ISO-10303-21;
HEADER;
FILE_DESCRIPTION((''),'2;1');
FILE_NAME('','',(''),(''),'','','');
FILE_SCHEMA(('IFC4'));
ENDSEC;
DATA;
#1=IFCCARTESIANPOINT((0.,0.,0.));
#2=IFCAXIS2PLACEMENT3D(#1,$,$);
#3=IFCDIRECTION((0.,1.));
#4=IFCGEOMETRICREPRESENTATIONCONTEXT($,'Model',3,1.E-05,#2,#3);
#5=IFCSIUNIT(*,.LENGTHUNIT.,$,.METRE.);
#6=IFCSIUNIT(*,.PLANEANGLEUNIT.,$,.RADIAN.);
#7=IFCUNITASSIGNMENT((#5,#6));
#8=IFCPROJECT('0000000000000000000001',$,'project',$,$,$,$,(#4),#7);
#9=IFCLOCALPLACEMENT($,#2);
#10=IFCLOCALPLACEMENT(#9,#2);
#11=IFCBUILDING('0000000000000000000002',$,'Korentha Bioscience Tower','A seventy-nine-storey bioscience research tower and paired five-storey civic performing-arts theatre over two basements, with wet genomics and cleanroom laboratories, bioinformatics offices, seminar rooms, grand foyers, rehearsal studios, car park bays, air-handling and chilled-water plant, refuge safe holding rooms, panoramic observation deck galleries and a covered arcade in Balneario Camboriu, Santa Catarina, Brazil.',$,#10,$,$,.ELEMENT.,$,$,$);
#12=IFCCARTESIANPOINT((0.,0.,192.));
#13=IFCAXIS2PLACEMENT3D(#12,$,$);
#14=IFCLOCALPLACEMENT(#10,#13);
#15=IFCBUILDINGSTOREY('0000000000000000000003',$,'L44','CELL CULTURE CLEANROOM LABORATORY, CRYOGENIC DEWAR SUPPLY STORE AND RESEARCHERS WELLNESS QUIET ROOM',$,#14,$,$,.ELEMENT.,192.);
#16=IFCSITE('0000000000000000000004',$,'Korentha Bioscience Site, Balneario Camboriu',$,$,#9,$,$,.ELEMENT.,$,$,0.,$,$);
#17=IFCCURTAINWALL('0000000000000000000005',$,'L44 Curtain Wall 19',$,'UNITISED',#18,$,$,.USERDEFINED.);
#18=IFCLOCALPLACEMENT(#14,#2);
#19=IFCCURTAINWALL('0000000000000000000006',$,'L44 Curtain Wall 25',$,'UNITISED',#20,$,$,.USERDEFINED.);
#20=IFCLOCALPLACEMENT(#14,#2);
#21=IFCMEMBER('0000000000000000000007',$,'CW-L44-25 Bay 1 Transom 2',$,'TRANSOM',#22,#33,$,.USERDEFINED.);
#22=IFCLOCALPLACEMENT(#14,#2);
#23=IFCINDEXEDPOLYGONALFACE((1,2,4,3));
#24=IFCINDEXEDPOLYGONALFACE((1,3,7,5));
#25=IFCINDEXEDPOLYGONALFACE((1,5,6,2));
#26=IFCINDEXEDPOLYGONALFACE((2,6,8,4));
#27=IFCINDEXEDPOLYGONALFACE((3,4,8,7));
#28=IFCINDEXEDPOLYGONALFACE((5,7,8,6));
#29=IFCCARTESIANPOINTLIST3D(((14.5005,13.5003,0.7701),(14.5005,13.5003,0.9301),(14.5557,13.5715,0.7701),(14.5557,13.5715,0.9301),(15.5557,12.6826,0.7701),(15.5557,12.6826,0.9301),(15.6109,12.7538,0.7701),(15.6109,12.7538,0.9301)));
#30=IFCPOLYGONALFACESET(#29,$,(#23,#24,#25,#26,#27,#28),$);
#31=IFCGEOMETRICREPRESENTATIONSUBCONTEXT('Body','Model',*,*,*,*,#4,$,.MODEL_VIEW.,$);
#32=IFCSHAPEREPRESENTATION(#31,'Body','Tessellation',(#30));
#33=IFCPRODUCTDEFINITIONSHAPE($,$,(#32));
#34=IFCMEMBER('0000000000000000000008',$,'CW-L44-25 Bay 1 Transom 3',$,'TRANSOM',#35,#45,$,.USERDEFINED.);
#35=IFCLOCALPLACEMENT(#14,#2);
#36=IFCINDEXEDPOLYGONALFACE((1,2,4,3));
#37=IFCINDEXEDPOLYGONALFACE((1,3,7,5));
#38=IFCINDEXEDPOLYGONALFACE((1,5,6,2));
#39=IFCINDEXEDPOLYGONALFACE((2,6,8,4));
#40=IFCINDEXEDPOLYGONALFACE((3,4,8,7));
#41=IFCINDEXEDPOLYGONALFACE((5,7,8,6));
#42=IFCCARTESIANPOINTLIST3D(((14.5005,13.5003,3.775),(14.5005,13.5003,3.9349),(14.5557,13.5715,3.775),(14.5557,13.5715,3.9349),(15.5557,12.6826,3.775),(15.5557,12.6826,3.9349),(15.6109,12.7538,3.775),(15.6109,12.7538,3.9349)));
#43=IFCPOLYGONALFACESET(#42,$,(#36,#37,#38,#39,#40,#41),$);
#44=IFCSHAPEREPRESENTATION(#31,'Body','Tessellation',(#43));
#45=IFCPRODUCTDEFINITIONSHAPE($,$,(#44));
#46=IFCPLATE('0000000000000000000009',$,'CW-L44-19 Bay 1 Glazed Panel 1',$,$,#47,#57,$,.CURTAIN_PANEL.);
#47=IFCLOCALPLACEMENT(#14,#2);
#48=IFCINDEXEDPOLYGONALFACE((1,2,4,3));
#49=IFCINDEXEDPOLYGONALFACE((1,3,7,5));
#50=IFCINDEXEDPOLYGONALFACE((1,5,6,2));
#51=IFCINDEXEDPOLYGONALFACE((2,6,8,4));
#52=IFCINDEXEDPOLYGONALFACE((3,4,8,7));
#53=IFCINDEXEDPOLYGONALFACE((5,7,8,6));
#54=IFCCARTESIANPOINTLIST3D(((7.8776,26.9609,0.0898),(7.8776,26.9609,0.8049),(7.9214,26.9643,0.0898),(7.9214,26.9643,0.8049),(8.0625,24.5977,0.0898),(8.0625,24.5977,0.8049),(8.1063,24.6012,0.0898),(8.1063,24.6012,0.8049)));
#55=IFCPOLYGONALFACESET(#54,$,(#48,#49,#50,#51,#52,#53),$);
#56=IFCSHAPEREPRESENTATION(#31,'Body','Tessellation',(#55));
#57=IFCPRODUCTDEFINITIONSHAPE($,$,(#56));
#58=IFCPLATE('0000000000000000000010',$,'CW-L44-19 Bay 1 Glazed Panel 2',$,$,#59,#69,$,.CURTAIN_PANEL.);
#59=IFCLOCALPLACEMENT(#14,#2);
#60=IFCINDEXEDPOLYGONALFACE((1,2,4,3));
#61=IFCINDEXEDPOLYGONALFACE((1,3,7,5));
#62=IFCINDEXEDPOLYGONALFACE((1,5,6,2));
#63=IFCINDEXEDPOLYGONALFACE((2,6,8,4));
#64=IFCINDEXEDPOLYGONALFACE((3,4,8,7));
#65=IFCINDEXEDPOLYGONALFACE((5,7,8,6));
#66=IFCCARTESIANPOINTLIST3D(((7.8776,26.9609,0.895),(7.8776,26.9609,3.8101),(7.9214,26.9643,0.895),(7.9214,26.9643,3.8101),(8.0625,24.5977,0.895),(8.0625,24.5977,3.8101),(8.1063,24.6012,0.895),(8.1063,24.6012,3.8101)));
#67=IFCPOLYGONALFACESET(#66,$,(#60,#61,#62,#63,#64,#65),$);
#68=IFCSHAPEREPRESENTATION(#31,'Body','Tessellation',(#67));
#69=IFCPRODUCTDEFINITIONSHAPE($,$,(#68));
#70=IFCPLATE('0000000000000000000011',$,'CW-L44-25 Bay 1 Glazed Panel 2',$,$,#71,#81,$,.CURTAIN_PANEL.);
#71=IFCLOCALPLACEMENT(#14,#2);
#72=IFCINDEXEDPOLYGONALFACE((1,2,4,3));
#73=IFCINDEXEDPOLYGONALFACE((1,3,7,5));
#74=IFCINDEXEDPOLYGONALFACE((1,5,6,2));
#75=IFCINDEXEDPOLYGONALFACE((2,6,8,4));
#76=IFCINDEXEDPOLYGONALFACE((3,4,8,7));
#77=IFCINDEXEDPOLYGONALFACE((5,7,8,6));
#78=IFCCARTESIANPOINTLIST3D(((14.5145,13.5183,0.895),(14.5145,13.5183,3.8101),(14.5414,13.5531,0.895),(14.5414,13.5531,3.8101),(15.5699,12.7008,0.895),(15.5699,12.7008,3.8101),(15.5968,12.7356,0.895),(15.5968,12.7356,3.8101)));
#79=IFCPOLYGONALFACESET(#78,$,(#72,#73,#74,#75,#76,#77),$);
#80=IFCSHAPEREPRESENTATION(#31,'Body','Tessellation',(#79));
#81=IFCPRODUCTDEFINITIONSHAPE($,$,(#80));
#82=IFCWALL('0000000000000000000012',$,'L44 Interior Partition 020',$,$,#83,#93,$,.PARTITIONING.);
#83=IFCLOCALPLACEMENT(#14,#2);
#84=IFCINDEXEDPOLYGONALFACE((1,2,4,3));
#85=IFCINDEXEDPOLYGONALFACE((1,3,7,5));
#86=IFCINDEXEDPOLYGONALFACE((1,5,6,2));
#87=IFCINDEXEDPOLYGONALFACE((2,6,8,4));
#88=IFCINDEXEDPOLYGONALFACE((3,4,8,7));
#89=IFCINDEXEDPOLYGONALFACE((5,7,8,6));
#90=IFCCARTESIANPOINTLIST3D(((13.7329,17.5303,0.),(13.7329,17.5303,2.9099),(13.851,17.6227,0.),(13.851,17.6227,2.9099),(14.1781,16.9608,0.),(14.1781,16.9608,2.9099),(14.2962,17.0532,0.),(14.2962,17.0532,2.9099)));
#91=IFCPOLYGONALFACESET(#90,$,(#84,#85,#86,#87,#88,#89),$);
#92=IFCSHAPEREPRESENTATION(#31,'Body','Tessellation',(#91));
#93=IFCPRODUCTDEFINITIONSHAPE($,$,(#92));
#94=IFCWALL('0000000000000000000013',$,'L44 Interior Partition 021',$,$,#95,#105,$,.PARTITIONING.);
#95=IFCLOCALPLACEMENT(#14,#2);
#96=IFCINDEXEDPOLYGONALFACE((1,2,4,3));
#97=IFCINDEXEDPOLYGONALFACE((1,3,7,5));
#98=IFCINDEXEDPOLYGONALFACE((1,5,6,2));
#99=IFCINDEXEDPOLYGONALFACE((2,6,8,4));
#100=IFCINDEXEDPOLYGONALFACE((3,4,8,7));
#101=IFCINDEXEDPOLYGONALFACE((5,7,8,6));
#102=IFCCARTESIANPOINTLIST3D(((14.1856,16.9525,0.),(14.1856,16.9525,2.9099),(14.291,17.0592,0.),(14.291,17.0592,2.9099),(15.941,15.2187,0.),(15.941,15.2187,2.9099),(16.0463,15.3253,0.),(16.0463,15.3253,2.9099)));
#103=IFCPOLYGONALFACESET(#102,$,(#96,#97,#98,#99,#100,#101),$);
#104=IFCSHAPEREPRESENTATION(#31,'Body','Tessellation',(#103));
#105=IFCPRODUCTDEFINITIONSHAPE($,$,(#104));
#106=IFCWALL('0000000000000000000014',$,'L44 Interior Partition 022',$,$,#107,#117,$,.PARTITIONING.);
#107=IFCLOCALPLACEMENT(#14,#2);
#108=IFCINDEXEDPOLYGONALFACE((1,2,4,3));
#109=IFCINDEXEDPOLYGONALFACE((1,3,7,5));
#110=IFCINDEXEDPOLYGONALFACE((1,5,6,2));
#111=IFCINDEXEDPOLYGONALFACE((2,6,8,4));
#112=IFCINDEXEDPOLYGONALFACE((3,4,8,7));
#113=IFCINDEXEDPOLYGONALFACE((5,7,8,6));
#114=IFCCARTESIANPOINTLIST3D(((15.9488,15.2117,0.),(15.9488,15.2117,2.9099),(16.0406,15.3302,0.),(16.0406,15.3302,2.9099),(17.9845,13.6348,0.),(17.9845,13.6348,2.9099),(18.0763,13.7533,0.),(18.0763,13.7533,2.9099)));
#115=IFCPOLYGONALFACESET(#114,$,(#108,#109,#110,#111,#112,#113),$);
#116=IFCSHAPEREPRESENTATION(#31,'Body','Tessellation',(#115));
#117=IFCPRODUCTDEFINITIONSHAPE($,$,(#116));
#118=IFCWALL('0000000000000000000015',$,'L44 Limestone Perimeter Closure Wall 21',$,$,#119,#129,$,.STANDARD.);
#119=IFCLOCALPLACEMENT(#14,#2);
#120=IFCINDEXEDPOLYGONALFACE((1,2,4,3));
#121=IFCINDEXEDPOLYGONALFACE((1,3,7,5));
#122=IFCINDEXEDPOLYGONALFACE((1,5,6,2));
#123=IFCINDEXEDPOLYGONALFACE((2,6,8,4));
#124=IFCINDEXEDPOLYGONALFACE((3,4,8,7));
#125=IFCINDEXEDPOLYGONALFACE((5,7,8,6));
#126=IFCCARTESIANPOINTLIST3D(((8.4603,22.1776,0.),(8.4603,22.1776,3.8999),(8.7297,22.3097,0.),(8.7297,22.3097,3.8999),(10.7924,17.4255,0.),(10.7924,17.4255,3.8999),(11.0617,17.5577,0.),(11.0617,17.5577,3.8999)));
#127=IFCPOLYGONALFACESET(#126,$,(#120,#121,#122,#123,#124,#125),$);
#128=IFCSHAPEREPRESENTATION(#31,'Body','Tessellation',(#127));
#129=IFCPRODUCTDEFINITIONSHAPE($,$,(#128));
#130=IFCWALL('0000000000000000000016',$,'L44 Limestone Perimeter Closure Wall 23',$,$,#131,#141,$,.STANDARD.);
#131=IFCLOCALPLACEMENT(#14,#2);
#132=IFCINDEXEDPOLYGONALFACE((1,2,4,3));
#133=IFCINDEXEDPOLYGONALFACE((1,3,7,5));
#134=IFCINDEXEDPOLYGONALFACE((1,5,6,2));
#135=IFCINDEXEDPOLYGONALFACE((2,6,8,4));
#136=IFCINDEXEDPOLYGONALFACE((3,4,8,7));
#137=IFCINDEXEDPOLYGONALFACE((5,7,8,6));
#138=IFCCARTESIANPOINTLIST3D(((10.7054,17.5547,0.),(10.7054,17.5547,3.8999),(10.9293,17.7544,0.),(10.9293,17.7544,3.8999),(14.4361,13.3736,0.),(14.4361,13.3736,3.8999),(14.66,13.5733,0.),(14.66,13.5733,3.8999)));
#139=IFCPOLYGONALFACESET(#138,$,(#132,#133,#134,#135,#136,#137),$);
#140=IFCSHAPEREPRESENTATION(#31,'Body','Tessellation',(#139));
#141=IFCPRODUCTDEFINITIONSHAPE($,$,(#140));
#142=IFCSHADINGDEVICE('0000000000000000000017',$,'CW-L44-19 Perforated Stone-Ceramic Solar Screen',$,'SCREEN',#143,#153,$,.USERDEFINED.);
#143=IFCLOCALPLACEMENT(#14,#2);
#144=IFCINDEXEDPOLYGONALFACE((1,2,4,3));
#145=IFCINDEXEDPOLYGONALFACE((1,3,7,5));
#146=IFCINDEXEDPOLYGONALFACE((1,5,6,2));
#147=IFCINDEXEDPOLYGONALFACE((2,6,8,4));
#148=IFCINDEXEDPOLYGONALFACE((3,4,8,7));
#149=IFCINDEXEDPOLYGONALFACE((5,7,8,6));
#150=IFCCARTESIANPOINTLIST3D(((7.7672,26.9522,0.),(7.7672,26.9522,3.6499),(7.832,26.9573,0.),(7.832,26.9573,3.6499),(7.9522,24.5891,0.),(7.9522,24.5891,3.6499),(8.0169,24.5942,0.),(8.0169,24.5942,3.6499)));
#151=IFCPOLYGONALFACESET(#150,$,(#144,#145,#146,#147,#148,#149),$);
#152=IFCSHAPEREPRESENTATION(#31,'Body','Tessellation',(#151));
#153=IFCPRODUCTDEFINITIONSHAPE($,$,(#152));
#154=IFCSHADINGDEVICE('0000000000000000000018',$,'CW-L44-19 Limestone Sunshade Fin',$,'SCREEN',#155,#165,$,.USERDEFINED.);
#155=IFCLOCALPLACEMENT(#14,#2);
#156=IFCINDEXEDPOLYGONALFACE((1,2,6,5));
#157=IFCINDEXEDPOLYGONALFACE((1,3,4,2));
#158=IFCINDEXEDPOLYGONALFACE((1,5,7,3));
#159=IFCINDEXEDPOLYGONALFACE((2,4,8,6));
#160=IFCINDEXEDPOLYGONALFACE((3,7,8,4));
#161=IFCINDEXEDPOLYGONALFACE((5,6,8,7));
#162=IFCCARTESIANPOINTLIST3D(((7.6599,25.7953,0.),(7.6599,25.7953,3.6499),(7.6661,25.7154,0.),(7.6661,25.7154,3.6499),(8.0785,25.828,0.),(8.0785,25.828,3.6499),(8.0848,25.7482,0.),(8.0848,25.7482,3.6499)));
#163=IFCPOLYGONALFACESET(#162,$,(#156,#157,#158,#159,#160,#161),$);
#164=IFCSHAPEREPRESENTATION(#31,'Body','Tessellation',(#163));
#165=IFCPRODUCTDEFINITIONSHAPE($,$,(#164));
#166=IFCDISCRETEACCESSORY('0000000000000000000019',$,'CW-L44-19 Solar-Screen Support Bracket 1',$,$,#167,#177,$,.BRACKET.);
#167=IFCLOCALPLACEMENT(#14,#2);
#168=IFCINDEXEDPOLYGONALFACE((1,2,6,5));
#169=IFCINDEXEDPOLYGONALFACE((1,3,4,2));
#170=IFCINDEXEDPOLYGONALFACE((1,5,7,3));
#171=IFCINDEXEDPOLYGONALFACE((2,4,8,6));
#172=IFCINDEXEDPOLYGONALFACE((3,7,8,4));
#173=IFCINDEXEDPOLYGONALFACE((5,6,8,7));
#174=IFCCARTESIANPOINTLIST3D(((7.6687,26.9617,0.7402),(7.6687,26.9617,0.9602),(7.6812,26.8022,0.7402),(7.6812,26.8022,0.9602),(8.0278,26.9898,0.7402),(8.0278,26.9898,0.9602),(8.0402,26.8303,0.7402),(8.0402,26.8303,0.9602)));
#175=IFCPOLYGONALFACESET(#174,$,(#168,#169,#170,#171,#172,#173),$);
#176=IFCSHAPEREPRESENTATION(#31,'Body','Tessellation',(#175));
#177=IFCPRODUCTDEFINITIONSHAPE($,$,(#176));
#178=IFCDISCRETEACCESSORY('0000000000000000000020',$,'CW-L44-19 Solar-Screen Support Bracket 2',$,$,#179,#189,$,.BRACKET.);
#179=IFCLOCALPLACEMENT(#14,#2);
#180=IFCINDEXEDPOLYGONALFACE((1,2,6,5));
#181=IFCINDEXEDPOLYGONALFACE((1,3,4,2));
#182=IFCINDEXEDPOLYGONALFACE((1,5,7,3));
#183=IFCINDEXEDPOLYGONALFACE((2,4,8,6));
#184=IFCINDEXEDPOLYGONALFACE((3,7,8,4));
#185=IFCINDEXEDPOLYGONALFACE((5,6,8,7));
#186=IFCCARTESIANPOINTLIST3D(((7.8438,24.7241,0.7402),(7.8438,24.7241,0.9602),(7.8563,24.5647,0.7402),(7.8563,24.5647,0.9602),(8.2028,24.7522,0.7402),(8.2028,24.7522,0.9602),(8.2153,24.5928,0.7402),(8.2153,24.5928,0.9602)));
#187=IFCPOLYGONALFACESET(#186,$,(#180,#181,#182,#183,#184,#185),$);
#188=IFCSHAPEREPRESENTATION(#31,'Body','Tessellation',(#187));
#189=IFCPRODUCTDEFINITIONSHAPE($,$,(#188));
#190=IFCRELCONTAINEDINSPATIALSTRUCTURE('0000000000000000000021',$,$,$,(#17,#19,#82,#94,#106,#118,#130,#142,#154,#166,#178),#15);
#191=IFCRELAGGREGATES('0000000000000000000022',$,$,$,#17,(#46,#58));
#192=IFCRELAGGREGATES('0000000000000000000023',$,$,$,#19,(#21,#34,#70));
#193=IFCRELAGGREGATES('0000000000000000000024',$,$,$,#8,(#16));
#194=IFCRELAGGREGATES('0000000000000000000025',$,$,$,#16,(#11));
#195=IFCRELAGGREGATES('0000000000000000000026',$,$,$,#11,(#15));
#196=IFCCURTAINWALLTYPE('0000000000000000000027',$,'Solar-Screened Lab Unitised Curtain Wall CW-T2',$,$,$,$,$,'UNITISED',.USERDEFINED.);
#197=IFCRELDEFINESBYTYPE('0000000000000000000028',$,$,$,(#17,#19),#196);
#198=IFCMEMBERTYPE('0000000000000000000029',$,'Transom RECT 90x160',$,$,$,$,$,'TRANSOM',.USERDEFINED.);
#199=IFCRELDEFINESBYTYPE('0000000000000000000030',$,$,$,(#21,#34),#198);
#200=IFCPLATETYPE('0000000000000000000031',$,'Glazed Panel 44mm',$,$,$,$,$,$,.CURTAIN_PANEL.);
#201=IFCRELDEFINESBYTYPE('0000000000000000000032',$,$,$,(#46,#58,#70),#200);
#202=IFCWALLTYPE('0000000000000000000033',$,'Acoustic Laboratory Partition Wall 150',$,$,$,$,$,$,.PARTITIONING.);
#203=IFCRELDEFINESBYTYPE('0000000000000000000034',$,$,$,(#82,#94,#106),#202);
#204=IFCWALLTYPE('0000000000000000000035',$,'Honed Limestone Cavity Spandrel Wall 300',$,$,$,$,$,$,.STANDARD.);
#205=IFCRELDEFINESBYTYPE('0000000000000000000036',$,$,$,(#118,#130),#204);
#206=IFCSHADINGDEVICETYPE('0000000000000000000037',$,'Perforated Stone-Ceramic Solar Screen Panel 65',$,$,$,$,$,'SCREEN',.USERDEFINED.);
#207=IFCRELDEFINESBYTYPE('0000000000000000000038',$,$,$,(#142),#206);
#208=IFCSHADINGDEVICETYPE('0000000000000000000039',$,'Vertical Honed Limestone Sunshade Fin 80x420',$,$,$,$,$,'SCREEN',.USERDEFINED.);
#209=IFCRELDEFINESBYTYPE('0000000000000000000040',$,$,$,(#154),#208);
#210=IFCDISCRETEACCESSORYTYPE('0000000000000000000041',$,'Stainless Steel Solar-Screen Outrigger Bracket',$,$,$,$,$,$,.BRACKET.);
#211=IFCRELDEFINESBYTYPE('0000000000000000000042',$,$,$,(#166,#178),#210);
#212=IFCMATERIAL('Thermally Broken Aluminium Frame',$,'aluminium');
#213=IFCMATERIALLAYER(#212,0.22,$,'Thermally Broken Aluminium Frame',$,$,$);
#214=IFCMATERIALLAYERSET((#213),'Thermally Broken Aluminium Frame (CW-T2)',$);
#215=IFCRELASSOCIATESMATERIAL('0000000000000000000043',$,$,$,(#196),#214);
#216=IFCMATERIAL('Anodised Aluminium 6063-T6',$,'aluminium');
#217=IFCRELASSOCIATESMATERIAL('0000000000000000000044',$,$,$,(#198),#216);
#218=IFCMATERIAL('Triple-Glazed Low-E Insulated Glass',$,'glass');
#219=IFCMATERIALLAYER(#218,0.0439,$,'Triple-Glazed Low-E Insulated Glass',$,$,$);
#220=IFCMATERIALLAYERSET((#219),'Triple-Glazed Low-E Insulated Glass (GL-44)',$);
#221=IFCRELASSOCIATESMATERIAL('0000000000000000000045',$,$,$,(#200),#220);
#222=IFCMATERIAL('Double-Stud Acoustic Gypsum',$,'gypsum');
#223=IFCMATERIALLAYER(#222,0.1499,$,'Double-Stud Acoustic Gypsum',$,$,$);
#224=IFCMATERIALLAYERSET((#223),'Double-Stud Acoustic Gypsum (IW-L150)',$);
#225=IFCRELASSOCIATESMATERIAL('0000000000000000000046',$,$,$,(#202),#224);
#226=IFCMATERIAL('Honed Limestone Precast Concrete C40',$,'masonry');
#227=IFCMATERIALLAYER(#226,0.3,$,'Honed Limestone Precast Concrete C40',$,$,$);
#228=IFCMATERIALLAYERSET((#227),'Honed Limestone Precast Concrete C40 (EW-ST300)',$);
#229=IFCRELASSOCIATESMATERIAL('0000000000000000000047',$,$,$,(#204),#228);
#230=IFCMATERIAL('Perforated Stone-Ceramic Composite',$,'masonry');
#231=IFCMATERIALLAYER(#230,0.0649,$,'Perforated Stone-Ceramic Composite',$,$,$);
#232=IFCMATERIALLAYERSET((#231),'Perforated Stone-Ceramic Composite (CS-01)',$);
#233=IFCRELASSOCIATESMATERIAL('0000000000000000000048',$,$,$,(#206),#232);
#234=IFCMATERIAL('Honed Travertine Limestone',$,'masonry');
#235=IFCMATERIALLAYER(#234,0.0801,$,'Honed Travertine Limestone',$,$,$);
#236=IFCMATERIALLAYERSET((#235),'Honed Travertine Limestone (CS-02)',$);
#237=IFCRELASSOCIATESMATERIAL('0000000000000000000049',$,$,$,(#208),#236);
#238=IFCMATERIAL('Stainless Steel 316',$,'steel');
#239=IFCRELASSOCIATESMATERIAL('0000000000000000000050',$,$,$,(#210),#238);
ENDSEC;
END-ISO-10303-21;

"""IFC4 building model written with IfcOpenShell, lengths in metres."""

from ifc_helpers import new_model, si_unit, direction, frame, frame_2d, origin, origin_2d, place, context, subcontext, project, spatial, rectangle, extrude, material, layer, layer_set, material_profile, profile_set, type_object, element, aggregate, save


model = new_model("IFC4")

# Units and contexts
model_context = context("Model", 3, precision=1e-05, world=origin(), true_north=direction((0.0, 1.0)))
body_context = subcontext(model_context, "Body", "Model", "MODEL_VIEW")
ifc_project = project(units=[si_unit("LENGTHUNIT", "METRE"), si_unit("PLANEANGLEUNIT", "RADIAN")], contexts=[model_context])

# Site, building, storey
site_placement = place(None, origin())
site = spatial("IfcSite", under=ifc_project, at=site_placement, Name="Korentha Bioscience Site, Balneario Camboriu", CompositionType="ELEMENT", RefElevation=0.0)
building_placement = place(site_placement, origin())
building = spatial("IfcBuilding", under=site, at=building_placement, Name="Korentha Bioscience Tower", Description="A seventy-nine-storey bioscience research tower and paired five-storey civic performing-arts theatre over two basements, with wet genomics and cleanroom laboratories, bioinformatics offices, seminar rooms, grand foyers, rehearsal studios, car park bays, air-handling and chilled-water plant, refuge safe holding rooms, panoramic observation deck galleries and a covered arcade in Balneario Camboriu, Santa Catarina, Brazil.", CompositionType="ELEMENT")
storey_placement = place(building_placement, frame((0.0, 0.0, 192.0)))
storey = spatial("IfcBuildingStorey", under=building, at=storey_placement, Name="L44", Description="CELL CULTURE CLEANROOM LABORATORY, CRYOGENIC DEWAR SUPPLY STORE AND RESEARCHERS WELLNESS QUIET ROOM", CompositionType="ELEMENT", Elevation=192.0)

# Curtain walls
ifc_material_1 = material(Name="Thermally Broken Aluminium Frame", Category="aluminium")
ifc_layer_1 = layer(ifc_material_1, 0.22, Name="Thermally Broken Aluminium Frame")
ifc_layer_set_1 = layer_set([ifc_layer_1], Name="Thermally Broken Aluminium Frame (CW-T2)")
curtain_wall_type = type_object("IfcCurtainWallType", Name="Solar-Screened Lab Unitised Curtain Wall CW-T2", ElementType="UNITISED", PredefinedType="USERDEFINED", material=ifc_layer_set_1)
curtain_wall_1_placement = place(storey_placement, origin())
curtain_wall_1 = element("IfcCurtainWall", 1, at=curtain_wall_1_placement, inside=storey, type_object=curtain_wall_type, Name="L44 Curtain Wall 19", ObjectType="UNITISED", PredefinedType="USERDEFINED")
ifc_material_2 = material(Name="Anodised Aluminium 6063-T6", Category="aluminium")
curtain_wall_2_placement = place(storey_placement, origin())
curtain_wall_2 = element("IfcCurtainWall", 2, at=curtain_wall_2_placement, inside=storey, type_object=curtain_wall_type, Name="L44 Curtain Wall 25", ObjectType="UNITISED", PredefinedType="USERDEFINED")

# Members
ifc_material_profile_1 = material_profile(ifc_material_2, rectangle(XDim=0.0901, YDim=0.1599, at=origin_2d()), Name="Anodised Aluminium 6063-T6")
ifc_profile_set_1 = profile_set([ifc_material_profile_1], Name="Anodised Aluminium 6063-T6 (CW-TRN)")
member_type_1 = type_object("IfcMemberType", Name="Transom RECT 90x160", ElementType="TRANSOM", PredefinedType="USERDEFINED", material=ifc_profile_set_1)
member_1_placement = place(storey_placement, frame((14.5281, 13.5359, 0.8501), z_axis=(0.790464, -0.612509, 0.0), x_axis=(0.612509, 0.790464, 0.0)))
member_1 = element("IfcMember", 3, at=member_1_placement, type_object=member_type_1, Name="CW-L44-25 Bay 1 Transom 2", ObjectType="TRANSOM", PredefinedType="USERDEFINED", context=body_context, shape_type="SweptSolid", body=[
    extrude(rectangle(XDim=0.0901, YDim=0.1599, at=origin_2d()), origin(), (0.0, 0.0, 1.0), 1.335),
])
member_2_placement = place(storey_placement, frame((14.5281, 13.5359, 3.855), z_axis=(0.790464, -0.612509, 0.0), x_axis=(0.612509, 0.790464, 0.0)))
member_2 = element("IfcMember", 4, at=member_2_placement, type_object=member_type_1, Name="CW-L44-25 Bay 1 Transom 3", ObjectType="TRANSOM", PredefinedType="USERDEFINED", context=body_context, shape_type="SweptSolid", body=[
    extrude(rectangle(XDim=0.0901, YDim=0.1599, at=origin_2d()), origin(), (0.0, 0.0, 1.0), 1.335),
])

# Plates
ifc_material_3 = material(Name="Triple-Glazed Low-E Insulated Glass", Category="glass")
ifc_layer_2 = layer(ifc_material_3, 0.0439, Name="Triple-Glazed Low-E Insulated Glass")
ifc_layer_set_2 = layer_set([ifc_layer_2], Name="Triple-Glazed Low-E Insulated Glass (GL-44)")
plate_type = type_object("IfcPlateType", Name="Glazed Panel 44mm", PredefinedType="CURTAIN_PANEL", material=ifc_layer_set_2)
plate_1_placement = place(storey_placement, frame((7.9919, 25.781, 0.0898), z_axis=(0.0, 0.0, 1.0), x_axis=(0.078031, -0.996951, 0.0)))
plate_1 = element("IfcPlate", 5, at=plate_1_placement, type_object=plate_type, Name="CW-L44-19 Bay 1 Glazed Panel 1", PredefinedType="CURTAIN_PANEL", context=body_context, shape_type="SweptSolid", body=[
    extrude(rectangle(XDim=2.3704, YDim=0.0439, at=origin_2d()), origin(), (0.0, 0.0, 1.0), 0.7151),
])
plate_2_placement = place(storey_placement, frame((7.9919, 25.781, 0.895), z_axis=(0.0, 0.0, 1.0), x_axis=(0.078031, -0.996951, 0.0)))
plate_2 = element("IfcPlate", 6, at=plate_2_placement, type_object=plate_type, Name="CW-L44-19 Bay 1 Glazed Panel 2", PredefinedType="CURTAIN_PANEL", context=body_context, shape_type="SweptSolid", body=[
    extrude(rectangle(XDim=2.3704, YDim=0.0439, at=origin_2d()), origin(), (0.0, 0.0, 1.0), 2.915),
])
aggregate(curtain_wall_1, [plate_1, plate_2])
plate_3_placement = place(storey_placement, frame((15.0557, 13.127, 0.895), z_axis=(0.0, 0.0, 1.0), x_axis=(0.790547, -0.612402, 0.0)))
plate_3 = element("IfcPlate", 7, at=plate_3_placement, type_object=plate_type, Name="CW-L44-25 Bay 1 Glazed Panel 2", PredefinedType="CURTAIN_PANEL", context=body_context, shape_type="SweptSolid", body=[
    extrude(rectangle(XDim=1.335, YDim=0.0439, at=origin_2d()), origin(), (0.0, 0.0, 1.0), 2.915),
])
aggregate(curtain_wall_2, [member_1, member_2, plate_3])

# Walls
ifc_material_4 = material(Name="Double-Stud Acoustic Gypsum", Category="gypsum")
ifc_layer_3 = layer(ifc_material_4, 0.1499, Name="Double-Stud Acoustic Gypsum")
ifc_layer_set_3 = layer_set([ifc_layer_3], Name="Double-Stud Acoustic Gypsum (IW-L150)")
wall_type_1 = type_object("IfcWallType", Name="Acoustic Laboratory Partition Wall 150", PredefinedType="PARTITIONING", material=ifc_layer_set_3)
wall_1_placement = place(storey_placement, frame((13.792, 17.5764, 0.0), z_axis=(0.0, 0.0, 1.0), x_axis=(0.615926, -0.787804, 0.0)))
element("IfcWall", 8, at=wall_1_placement, inside=storey, type_object=wall_type_1, Name="L44 Interior Partition 020", PredefinedType="PARTITIONING", context=body_context, shape_type="SweptSolid", body=[
    extrude(rectangle(XDim=0.7229, YDim=0.1499, at=frame_2d((0.3613, 0.0))), origin(), (0.0, 0.0, 1.0), 2.9099),
])
wall_2_placement = place(storey_placement, frame((14.2383, 17.0059, 0.0), z_axis=(0.0, 0.0, 1.0), x_axis=(0.711447, -0.70274, 0.0)))
element("IfcWall", 9, at=wall_2_placement, inside=storey, type_object=wall_type_1, Name="L44 Interior Partition 021", PredefinedType="PARTITIONING", context=body_context, shape_type="SweptSolid", body=[
    extrude(rectangle(XDim=2.4673, YDim=0.1499, at=frame_2d((1.2336, 0.0))), origin(), (0.0, 0.0, 1.0), 2.9099),
])
wall_3_placement = place(storey_placement, frame((15.9946, 15.271, 0.0), z_axis=(0.0, 0.0, 1.0), x_axis=(0.79055, -0.612397, 0.0)))
element("IfcWall", 10, at=wall_3_placement, inside=storey, type_object=wall_type_1, Name="L44 Interior Partition 022", PredefinedType="PARTITIONING", context=body_context, shape_type="SweptSolid", body=[
    extrude(rectangle(XDim=2.575, YDim=0.1499, at=frame_2d((1.2876, 0.0))), origin(), (0.0, 0.0, 1.0), 2.9099),
])

# Shared definitions
ifc_material_5 = material(Name="Honed Limestone Precast Concrete C40", Category="masonry")
ifc_layer_4 = layer(ifc_material_5, 0.3, Name="Honed Limestone Precast Concrete C40")
ifc_layer_set_4 = layer_set([ifc_layer_4], Name="Honed Limestone Precast Concrete C40 (EW-ST300)")
wall_type_2 = type_object("IfcWallType", Name="Honed Limestone Cavity Spandrel Wall 300", PredefinedType="STANDARD", material=ifc_layer_set_4)

# Walls
wall_4_placement = place(storey_placement, frame((8.595, 22.2437, 0.0), z_axis=(0.0, 0.0, 1.0), x_axis=(0.44056, -0.897723, 0.0)))
element("IfcWall", 11, at=wall_4_placement, inside=storey, type_object=wall_type_2, Name="L44 Limestone Perimeter Closure Wall 21", PredefinedType="STANDARD", context=body_context, shape_type="SweptSolid", body=[
    extrude(rectangle(XDim=5.2935, YDim=0.3, at=frame_2d((2.6467, 0.0))), origin(), (0.0, 0.0, 1.0), 3.8999),
])
wall_5_placement = place(storey_placement, frame((10.8174, 17.6545, 0.0), z_axis=(0.0, 0.0, 1.0), x_axis=(0.665772, -0.746156, 0.0)))
element("IfcWall", 12, at=wall_5_placement, inside=storey, type_object=wall_type_2, Name="L44 Limestone Perimeter Closure Wall 23", PredefinedType="STANDARD", context=body_context, shape_type="SweptSolid", body=[
    extrude(rectangle(XDim=5.6035, YDim=0.3, at=frame_2d((2.8018, 0.0))), origin(), (0.0, 0.0, 1.0), 3.8999),
])

# Shading devices
ifc_material_6 = material(Name="Perforated Stone-Ceramic Composite", Category="masonry")
ifc_layer_5 = layer(ifc_material_6, 0.0649, Name="Perforated Stone-Ceramic Composite")
ifc_layer_set_5 = layer_set([ifc_layer_5], Name="Perforated Stone-Ceramic Composite (CS-01)")
shading_device_type_1 = type_object("IfcShadingDeviceType", Name="Perforated Stone-Ceramic Solar Screen Panel 65", ElementType="SCREEN", PredefinedType="USERDEFINED", material=ifc_layer_set_5)
shading_device_1_placement = place(storey_placement, frame((7.8921, 25.7732, 0.0), z_axis=(0.0, 0.0, 1.0), x_axis=(0.078031, -0.996951, 0.0)))
element("IfcShadingDevice", 13, at=shading_device_1_placement, inside=storey, type_object=shading_device_type_1, Name="CW-L44-19 Perforated Stone-Ceramic Solar Screen", ObjectType="SCREEN", PredefinedType="USERDEFINED", context=body_context, shape_type="SweptSolid", body=[
    extrude(rectangle(XDim=2.3704, YDim=0.0649, at=origin_2d()), origin(), (0.0, 0.0, 1.0), 3.6499),
])
ifc_material_7 = material(Name="Honed Travertine Limestone", Category="masonry")
ifc_layer_6 = layer(ifc_material_7, 0.0801, Name="Honed Travertine Limestone")
ifc_layer_set_6 = layer_set([ifc_layer_6], Name="Honed Travertine Limestone (CS-02)")
shading_device_type_2 = type_object("IfcShadingDeviceType", Name="Vertical Honed Limestone Sunshade Fin 80x420", ElementType="SCREEN", PredefinedType="USERDEFINED", material=ifc_layer_set_6)
shading_device_2_placement = place(storey_placement, frame((7.8723, 25.7717, 0.0), z_axis=(0.0, 0.0, 1.0), x_axis=(0.078031, -0.996951, 0.0)))
element("IfcShadingDevice", 14, at=shading_device_2_placement, inside=storey, type_object=shading_device_type_2, Name="CW-L44-19 Limestone Sunshade Fin", ObjectType="SCREEN", PredefinedType="USERDEFINED", context=body_context, shape_type="SweptSolid", body=[
    extrude(rectangle(XDim=0.0801, YDim=0.4199, at=origin_2d()), origin(), (0.0, 0.0, 1.0), 3.6499),
])

# Discrete accessories
ifc_material_8 = material(Name="Stainless Steel 316", Category="steel")
discrete_accessory_type = type_object("IfcDiscreteAccessoryType", Name="Stainless Steel Solar-Screen Outrigger Bracket", PredefinedType="BRACKET", material=ifc_material_8)
for number, where, z_axis, x_axis, name in (
    (15, (7.8545, 26.896, 0.7402), (0.0, 0.0, 1.0), (0.078031, -0.996951, 0.0), "CW-L44-19 Solar-Screen Support Bracket 1"),
    (16, (8.0295, 24.6584, 0.7402), (0.0, 0.0, 1.0), (0.078031, -0.996951, 0.0), "CW-L44-19 Solar-Screen Support Bracket 2"),
):
    element("IfcDiscreteAccessory", number, at=place(storey_placement, frame(where, z_axis=z_axis, x_axis=x_axis)), inside=storey, type_object=discrete_accessory_type, Name=name, PredefinedType="BRACKET", context=body_context, shape_type="SweptSolid", body=[
        extrude(rectangle(XDim=0.1599, YDim=0.3601, at=origin_2d()), origin(), (0.0, 0.0, 1.0), 0.22),
    ])

save(model, "model.ifc")
